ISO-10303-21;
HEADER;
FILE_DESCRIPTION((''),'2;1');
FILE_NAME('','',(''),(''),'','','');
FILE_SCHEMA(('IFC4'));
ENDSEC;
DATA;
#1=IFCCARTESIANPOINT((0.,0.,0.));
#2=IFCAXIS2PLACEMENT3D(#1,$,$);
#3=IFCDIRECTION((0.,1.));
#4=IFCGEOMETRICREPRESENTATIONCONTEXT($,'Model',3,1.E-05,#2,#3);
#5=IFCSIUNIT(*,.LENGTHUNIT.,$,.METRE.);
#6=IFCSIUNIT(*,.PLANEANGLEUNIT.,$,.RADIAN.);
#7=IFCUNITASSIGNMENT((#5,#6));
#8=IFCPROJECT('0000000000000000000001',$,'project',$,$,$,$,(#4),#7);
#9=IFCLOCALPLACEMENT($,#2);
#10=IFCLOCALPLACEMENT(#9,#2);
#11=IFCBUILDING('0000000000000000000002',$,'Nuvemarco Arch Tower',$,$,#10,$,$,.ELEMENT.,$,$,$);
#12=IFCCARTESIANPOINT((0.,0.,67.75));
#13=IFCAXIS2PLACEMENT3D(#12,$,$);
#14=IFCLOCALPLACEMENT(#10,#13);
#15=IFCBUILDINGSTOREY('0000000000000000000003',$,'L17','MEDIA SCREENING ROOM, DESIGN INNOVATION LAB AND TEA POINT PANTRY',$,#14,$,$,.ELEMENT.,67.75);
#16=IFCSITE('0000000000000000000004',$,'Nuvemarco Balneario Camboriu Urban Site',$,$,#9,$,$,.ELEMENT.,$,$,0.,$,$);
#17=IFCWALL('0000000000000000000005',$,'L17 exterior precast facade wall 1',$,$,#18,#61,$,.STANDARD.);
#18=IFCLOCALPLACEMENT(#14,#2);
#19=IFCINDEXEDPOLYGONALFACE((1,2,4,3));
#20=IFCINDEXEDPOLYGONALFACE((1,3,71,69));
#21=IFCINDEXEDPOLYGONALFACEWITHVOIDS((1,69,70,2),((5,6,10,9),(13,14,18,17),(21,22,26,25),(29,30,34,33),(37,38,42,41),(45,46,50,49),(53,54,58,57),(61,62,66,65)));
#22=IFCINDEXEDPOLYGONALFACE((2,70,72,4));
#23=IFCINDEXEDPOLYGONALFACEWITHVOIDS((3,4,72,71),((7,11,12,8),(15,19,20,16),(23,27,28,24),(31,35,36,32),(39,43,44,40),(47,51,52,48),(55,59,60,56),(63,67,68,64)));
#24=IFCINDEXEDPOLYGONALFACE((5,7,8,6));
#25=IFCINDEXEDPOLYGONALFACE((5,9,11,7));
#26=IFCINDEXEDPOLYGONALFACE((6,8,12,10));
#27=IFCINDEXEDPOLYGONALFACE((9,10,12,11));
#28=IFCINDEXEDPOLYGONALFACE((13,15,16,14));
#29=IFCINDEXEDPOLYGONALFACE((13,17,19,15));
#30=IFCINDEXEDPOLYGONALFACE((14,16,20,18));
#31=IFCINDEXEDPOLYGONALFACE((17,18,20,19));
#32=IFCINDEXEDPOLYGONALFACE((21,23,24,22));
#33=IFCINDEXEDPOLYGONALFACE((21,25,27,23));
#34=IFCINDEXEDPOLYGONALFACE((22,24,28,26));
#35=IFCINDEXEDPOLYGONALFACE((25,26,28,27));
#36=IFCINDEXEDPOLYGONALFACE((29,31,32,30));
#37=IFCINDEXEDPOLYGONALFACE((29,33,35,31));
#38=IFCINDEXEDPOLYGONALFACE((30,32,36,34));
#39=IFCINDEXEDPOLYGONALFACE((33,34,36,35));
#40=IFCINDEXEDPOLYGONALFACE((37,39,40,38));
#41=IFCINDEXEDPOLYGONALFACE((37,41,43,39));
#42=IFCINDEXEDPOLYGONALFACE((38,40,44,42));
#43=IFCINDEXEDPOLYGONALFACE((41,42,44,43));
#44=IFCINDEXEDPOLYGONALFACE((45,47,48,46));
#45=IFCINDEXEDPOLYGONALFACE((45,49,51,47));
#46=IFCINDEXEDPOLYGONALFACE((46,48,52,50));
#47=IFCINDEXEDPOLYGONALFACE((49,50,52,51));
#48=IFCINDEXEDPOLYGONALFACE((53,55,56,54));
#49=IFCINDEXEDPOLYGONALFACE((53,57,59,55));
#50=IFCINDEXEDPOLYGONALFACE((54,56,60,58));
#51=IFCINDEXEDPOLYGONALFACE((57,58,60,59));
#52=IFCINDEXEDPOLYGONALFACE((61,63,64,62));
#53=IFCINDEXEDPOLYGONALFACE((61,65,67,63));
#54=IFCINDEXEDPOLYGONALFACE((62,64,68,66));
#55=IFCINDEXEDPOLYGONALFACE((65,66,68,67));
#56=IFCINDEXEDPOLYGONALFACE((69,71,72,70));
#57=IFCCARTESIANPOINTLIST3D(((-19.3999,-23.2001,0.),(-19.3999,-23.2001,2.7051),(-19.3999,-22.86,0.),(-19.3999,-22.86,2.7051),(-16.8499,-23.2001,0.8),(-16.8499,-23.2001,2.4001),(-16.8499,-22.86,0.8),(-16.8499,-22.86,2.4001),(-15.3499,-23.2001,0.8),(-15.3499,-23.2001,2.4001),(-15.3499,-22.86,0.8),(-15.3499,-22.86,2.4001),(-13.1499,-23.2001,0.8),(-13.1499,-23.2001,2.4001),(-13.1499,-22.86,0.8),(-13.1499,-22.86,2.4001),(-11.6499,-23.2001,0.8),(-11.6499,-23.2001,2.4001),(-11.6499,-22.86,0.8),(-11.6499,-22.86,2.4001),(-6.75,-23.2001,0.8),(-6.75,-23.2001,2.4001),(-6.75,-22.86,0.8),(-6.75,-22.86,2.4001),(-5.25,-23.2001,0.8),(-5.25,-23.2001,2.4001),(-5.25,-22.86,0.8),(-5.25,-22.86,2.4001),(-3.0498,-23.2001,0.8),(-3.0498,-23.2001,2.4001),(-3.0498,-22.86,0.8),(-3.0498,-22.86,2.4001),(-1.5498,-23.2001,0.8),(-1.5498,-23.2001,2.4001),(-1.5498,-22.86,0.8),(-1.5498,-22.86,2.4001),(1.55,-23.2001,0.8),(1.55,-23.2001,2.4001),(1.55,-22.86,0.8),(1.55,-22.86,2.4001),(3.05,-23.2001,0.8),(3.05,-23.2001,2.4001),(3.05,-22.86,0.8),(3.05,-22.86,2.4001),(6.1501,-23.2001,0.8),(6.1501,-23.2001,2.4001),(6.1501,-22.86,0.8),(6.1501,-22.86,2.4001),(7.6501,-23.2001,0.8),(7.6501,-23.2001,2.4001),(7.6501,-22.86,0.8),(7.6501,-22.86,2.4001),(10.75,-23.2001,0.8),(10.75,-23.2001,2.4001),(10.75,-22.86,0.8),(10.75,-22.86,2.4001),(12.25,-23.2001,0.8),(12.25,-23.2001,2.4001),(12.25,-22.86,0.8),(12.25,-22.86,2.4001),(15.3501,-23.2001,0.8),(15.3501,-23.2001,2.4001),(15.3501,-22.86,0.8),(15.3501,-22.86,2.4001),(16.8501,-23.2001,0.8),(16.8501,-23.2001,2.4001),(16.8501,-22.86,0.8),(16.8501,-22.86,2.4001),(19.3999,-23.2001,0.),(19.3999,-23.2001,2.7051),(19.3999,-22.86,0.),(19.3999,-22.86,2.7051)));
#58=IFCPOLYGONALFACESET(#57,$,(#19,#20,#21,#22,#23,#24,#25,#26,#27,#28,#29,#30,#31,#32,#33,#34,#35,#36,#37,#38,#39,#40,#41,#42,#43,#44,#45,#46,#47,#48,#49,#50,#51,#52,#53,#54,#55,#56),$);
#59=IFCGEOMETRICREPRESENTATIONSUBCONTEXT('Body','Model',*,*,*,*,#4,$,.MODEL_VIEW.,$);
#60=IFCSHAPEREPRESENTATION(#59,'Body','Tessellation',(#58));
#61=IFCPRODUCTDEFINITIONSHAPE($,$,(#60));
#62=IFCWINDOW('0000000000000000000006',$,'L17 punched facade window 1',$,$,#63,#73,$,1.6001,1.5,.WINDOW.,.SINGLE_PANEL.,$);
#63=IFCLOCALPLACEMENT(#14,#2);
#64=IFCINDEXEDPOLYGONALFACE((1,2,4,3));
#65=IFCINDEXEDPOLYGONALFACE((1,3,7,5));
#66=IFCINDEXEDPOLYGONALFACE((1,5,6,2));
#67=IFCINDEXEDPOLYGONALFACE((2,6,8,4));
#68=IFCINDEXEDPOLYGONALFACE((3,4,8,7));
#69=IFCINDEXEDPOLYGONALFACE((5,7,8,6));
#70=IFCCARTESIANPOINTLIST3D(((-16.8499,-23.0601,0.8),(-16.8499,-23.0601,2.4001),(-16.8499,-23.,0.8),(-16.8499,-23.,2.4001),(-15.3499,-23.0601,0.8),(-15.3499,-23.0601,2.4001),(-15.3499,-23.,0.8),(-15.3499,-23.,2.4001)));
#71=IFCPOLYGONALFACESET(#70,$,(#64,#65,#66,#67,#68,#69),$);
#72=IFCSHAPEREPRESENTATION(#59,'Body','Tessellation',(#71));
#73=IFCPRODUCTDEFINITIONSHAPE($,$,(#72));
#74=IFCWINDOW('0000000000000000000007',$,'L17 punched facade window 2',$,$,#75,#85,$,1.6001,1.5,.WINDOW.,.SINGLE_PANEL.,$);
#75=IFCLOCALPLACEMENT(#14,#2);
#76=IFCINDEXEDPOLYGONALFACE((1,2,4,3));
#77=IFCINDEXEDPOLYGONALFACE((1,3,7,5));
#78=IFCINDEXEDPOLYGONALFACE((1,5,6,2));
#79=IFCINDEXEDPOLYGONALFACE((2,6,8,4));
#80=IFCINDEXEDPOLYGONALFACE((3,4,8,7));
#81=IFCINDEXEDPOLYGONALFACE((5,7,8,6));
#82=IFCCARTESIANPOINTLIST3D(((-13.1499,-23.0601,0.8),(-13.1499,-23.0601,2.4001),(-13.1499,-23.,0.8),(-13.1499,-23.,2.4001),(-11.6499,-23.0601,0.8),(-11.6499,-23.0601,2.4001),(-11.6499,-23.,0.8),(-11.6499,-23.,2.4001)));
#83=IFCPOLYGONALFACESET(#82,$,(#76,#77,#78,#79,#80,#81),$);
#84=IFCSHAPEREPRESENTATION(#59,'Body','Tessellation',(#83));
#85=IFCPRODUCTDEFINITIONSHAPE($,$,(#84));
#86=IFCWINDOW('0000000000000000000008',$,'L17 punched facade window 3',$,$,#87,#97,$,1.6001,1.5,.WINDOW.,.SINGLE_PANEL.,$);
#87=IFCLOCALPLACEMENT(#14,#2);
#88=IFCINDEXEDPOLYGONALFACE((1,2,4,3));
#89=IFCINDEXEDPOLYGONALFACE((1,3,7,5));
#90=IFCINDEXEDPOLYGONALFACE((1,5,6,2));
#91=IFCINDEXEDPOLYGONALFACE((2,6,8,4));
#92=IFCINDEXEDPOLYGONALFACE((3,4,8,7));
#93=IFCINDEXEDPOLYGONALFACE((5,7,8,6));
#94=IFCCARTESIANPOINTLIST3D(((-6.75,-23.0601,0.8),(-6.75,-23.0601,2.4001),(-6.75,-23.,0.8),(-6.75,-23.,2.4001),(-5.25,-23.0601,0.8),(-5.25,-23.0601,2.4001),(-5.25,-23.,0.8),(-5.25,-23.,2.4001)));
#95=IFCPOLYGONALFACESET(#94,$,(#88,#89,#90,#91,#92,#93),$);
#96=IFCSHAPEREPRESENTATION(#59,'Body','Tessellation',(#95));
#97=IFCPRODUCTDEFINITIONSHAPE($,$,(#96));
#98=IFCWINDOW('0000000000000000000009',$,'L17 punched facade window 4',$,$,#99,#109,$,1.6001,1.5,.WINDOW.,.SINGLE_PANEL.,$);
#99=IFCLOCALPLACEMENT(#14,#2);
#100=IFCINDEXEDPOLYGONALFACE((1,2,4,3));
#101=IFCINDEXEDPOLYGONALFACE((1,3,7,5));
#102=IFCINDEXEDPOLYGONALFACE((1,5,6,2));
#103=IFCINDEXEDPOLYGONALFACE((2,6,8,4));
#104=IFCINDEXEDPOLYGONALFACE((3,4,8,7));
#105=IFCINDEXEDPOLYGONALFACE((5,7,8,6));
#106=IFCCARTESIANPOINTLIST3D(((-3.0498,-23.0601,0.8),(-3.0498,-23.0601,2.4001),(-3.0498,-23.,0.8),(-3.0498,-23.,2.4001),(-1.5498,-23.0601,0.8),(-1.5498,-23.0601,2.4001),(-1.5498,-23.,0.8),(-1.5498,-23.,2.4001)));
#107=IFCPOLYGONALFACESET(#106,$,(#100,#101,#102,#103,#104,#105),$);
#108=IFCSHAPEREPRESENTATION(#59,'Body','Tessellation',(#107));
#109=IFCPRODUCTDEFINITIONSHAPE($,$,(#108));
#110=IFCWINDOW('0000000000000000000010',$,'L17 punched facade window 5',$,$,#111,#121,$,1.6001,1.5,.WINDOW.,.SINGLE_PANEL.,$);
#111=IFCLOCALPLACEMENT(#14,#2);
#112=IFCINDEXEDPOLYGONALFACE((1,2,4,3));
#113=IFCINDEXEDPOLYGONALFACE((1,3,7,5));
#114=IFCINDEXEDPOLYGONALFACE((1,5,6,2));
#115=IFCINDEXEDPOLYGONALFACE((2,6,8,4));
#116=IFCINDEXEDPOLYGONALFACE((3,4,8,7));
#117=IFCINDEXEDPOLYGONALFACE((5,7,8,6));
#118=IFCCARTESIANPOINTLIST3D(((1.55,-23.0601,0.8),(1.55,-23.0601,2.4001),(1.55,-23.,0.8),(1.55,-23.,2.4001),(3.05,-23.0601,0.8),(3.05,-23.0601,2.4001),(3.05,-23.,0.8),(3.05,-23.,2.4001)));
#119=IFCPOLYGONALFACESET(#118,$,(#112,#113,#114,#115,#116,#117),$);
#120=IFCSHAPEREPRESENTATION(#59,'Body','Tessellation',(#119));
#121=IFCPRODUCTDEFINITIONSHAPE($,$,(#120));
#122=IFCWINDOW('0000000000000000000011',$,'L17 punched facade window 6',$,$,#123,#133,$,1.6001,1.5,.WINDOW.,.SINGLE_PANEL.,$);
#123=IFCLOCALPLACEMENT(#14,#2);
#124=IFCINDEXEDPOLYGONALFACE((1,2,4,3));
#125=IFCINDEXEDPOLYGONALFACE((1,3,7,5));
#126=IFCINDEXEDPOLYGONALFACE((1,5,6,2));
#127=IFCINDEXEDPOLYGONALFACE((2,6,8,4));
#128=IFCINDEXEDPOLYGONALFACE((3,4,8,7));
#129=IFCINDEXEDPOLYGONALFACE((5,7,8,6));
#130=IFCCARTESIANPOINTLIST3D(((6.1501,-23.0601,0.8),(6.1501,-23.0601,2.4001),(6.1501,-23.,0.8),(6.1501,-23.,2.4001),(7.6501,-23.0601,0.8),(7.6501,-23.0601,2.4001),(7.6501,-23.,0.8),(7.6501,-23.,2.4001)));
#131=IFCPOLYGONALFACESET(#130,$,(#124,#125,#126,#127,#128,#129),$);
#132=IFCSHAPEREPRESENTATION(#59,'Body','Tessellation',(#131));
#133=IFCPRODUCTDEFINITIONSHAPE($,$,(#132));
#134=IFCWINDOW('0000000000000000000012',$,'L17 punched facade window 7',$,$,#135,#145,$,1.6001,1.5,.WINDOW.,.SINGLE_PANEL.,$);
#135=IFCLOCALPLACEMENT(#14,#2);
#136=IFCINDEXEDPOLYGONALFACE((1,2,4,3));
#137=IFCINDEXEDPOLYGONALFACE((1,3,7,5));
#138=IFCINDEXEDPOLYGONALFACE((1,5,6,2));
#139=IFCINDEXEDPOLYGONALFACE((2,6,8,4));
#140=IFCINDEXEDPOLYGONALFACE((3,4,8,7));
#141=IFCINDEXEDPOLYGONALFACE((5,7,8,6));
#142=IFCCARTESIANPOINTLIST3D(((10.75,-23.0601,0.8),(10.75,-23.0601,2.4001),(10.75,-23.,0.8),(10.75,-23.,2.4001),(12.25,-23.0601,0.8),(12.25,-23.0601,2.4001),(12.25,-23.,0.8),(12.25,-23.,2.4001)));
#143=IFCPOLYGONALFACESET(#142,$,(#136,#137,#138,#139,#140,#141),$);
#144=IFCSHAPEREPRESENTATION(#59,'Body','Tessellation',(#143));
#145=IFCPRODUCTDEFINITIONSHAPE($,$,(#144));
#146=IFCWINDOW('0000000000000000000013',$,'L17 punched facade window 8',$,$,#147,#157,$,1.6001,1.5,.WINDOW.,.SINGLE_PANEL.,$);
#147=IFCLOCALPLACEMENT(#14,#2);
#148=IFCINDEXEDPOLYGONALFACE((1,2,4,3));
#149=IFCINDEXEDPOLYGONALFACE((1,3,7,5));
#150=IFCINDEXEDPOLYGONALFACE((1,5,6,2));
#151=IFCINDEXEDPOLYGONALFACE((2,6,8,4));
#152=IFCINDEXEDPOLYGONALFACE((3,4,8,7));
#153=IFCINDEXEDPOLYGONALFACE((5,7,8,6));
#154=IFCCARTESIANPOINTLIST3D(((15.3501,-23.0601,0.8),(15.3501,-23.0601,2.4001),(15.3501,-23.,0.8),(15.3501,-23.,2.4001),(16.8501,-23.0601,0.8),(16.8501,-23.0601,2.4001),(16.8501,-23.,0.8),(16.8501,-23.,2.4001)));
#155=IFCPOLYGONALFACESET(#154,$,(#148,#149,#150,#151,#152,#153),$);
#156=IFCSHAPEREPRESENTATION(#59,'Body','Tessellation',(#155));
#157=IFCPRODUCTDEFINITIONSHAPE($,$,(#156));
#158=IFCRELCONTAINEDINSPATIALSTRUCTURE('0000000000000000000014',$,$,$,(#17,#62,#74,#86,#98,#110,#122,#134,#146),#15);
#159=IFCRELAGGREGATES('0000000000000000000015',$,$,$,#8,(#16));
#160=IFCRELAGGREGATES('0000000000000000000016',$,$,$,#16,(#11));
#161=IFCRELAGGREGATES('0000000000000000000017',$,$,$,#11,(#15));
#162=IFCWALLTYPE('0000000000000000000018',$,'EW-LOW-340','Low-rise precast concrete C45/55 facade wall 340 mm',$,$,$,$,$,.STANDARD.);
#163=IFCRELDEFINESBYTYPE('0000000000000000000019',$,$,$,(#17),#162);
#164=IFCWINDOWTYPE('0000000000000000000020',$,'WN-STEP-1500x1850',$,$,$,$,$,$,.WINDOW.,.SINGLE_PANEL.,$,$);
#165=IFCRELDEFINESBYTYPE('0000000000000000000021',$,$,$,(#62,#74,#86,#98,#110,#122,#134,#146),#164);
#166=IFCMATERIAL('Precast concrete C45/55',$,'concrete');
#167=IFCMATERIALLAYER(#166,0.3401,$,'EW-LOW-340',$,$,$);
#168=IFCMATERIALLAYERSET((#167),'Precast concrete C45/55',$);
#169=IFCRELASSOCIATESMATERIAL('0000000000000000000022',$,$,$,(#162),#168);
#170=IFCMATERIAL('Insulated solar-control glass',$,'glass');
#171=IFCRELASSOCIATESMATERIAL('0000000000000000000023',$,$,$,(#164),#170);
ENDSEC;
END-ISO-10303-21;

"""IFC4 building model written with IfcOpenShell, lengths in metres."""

from ifc_helpers import new_model, si_unit, direction, frame, frame_2d, origin, place, context, subcontext, project, spatial, rectangle, extrude, source, transform, mapped, material, layer, layer_set, type_object, type_shapes, element, fill, save


model = new_model("IFC4")

# Units and contexts
model_context = context("Model", 3, precision=1e-05, world=origin(), true_north=direction((0.0, 1.0)))
body_context = subcontext(model_context, "Body", "Model", "MODEL_VIEW")
ifc_project = project(units=[si_unit("LENGTHUNIT", "METRE"), si_unit("PLANEANGLEUNIT", "RADIAN")], contexts=[model_context])

# Site, building, storey
site_placement = place(None, origin())
site = spatial("IfcSite", under=ifc_project, at=site_placement, Name="Nuvemarco Balneario Camboriu Urban Site", CompositionType="ELEMENT", RefElevation=0.0)
building_placement = place(site_placement, origin())
building = spatial("IfcBuilding", under=site, at=building_placement, Name="Nuvemarco Arch Tower", CompositionType="ELEMENT")
storey_placement = place(building_placement, frame((0.0, 0.0, 67.75)))
storey = spatial("IfcBuildingStorey", under=building, at=storey_placement, Name="L17", Description="MEDIA SCREENING ROOM, DESIGN INNOVATION LAB AND TEA POINT PANTRY", CompositionType="ELEMENT", Elevation=67.75)

# Shared definitions
ifc_material_1 = material(Name="Precast concrete C45/55", Category="concrete")

# Wall, openings, windows
ifc_layer = layer(ifc_material_1, 0.3401, Name="EW-LOW-340")
ifc_layer_set = layer_set([ifc_layer], Name="Precast concrete C45/55")
wall_type = type_object("IfcWallType", Name="EW-LOW-340", Description="Low-rise precast concrete C45/55 facade wall 340 mm", PredefinedType="STANDARD", material=ifc_layer_set)
wall_1_placement = place(storey_placement, frame((-19.3999, -23.03, 0.0), z_axis=(0.0, 0.0, 1.0), x_axis=(1.0, 0.0, 0.0)))
wall_1 = element("IfcWall", 1, at=wall_1_placement, inside=storey, type_object=wall_type, Name="L17 exterior precast facade wall 1", PredefinedType="STANDARD", context=body_context, shape_type="SweptSolid", body=[
    extrude(rectangle(XDim=38.7998, YDim=0.3401, at=frame_2d((19.3999, 0.0))), origin(), (0.0, 0.0, 1.0), 2.7051),
])
opening_1_placement = place(wall_1_placement, frame((2.55, 0.0, 0.8)))
opening_1 = element("IfcOpeningElement", 2, at=opening_1_placement, cuts=wall_1, PredefinedType="OPENING", context=body_context, shape_type="SweptSolid", body=[
    extrude(rectangle(XDim=1.5, YDim=1.6001, at=frame_2d((0.75, 0.8))), frame((0.0, 0.1799, 0.0), z_axis=(0.0, -1.0, 0.0), x_axis=(1.0, 0.0, 0.0)), (0.0, 0.0, 1.0), 0.3601),
])
opening_2_placement = place(wall_1_placement, frame((6.25, 0.0, 0.8)))
opening_2 = element("IfcOpeningElement", 3, at=opening_2_placement, cuts=wall_1, PredefinedType="OPENING", context=body_context, shape_type="SweptSolid", body=[
    extrude(rectangle(XDim=1.5, YDim=1.6001, at=frame_2d((0.75, 0.8))), frame((0.0, 0.1799, 0.0), z_axis=(0.0, -1.0, 0.0), x_axis=(1.0, 0.0, 0.0)), (0.0, 0.0, 1.0), 0.3601),
])
opening_3_placement = place(wall_1_placement, frame((12.6499, 0.0, 0.8)))
opening_3 = element("IfcOpeningElement", 4, at=opening_3_placement, cuts=wall_1, PredefinedType="OPENING", context=body_context, shape_type="SweptSolid", body=[
    extrude(rectangle(XDim=1.5, YDim=1.6001, at=frame_2d((0.75, 0.8))), frame((0.0, 0.1799, 0.0), z_axis=(0.0, -1.0, 0.0), x_axis=(1.0, 0.0, 0.0)), (0.0, 0.0, 1.0), 0.3601),
])
opening_4_placement = place(wall_1_placement, frame((16.3501, 0.0, 0.8)))
opening_4 = element("IfcOpeningElement", 5, at=opening_4_placement, cuts=wall_1, PredefinedType="OPENING", context=body_context, shape_type="SweptSolid", body=[
    extrude(rectangle(XDim=1.5, YDim=1.6001, at=frame_2d((0.75, 0.8))), frame((0.0, 0.1799, 0.0), z_axis=(0.0, -1.0, 0.0), x_axis=(1.0, 0.0, 0.0)), (0.0, 0.0, 1.0), 0.3601),
])
opening_5_placement = place(wall_1_placement, frame((20.95, 0.0, 0.8)))
opening_5 = element("IfcOpeningElement", 6, at=opening_5_placement, cuts=wall_1, PredefinedType="OPENING", context=body_context, shape_type="SweptSolid", body=[
    extrude(rectangle(XDim=1.5, YDim=1.6001, at=frame_2d((0.75, 0.8))), frame((0.0, 0.1799, 0.0), z_axis=(0.0, -1.0, 0.0), x_axis=(1.0, 0.0, 0.0)), (0.0, 0.0, 1.0), 0.3601),
])
opening_6_placement = place(wall_1_placement, frame((25.55, 0.0, 0.8)))
opening_6 = element("IfcOpeningElement", 7, at=opening_6_placement, cuts=wall_1, PredefinedType="OPENING", context=body_context, shape_type="SweptSolid", body=[
    extrude(rectangle(XDim=1.5, YDim=1.6001, at=frame_2d((0.75, 0.8))), frame((0.0, 0.1799, 0.0), z_axis=(0.0, -1.0, 0.0), x_axis=(1.0, 0.0, 0.0)), (0.0, 0.0, 1.0), 0.3601),
])
opening_7_placement = place(wall_1_placement, frame((30.1499, 0.0, 0.8)))
opening_7 = element("IfcOpeningElement", 8, at=opening_7_placement, cuts=wall_1, PredefinedType="OPENING", context=body_context, shape_type="SweptSolid", body=[
    extrude(rectangle(XDim=1.5, YDim=1.6001, at=frame_2d((0.75, 0.8))), frame((0.0, 0.1799, 0.0), z_axis=(0.0, -1.0, 0.0), x_axis=(1.0, 0.0, 0.0)), (0.0, 0.0, 1.0), 0.3601),
])
opening_8_placement = place(wall_1_placement, frame((34.75, 0.0, 0.8)))
opening_8 = element("IfcOpeningElement", 9, at=opening_8_placement, cuts=wall_1, PredefinedType="OPENING", context=body_context, shape_type="SweptSolid", body=[
    extrude(rectangle(XDim=1.5, YDim=1.6001, at=frame_2d((0.75, 0.8))), frame((0.0, 0.1799, 0.0), z_axis=(0.0, -1.0, 0.0), x_axis=(1.0, 0.0, 0.0)), (0.0, 0.0, 1.0), 0.3601),
])
ifc_material_2 = material(Name="Insulated solar-control glass", Category="glass")
window_type_1 = type_object("IfcWindowType", Name="WN-STEP-1500x1850", PartitioningType="SINGLE_PANEL", PredefinedType="WINDOW", material=ifc_material_2)
shared_shape_1 = source(origin(), body_context, "Body", "SweptSolid", [
    extrude(rectangle(XDim=1.5, YDim=1.6001, at=frame_2d((0.75, 0.8))), frame((0.0, 0.03, 0.0), z_axis=(0.0, -1.0, 0.0), x_axis=(1.0, 0.0, 0.0)), (0.0, 0.0, 1.0), 0.0601),
])
type_shapes(window_type_1, [shared_shape_1])
window_1_placement = place(opening_1_placement, origin())
window_1 = element("IfcWindow", 10, at=window_1_placement, inside=storey, type_object=window_type_1, Name="L17 punched facade window 1", OverallHeight=1.6001, OverallWidth=1.5, PartitioningType="SINGLE_PANEL", PredefinedType="WINDOW", context=body_context, shape_type="MappedRepresentation", body=[
    mapped(shared_shape_1, transform((0.0, 0.0, 0.0), scale=1.0)),
])
fill(opening_1, window_1)
window_2_placement = place(opening_2_placement, origin())
window_2 = element("IfcWindow", 11, at=window_2_placement, inside=storey, type_object=window_type_1, Name="L17 punched facade window 2", OverallHeight=1.6001, OverallWidth=1.5, PartitioningType="SINGLE_PANEL", PredefinedType="WINDOW", context=body_context, shape_type="MappedRepresentation", body=[
    mapped(shared_shape_1, transform((0.0, 0.0, 0.0), scale=1.0)),
])
fill(opening_2, window_2)
window_3_placement = place(opening_3_placement, origin())
window_3 = element("IfcWindow", 12, at=window_3_placement, inside=storey, type_object=window_type_1, Name="L17 punched facade window 3", OverallHeight=1.6001, OverallWidth=1.5, PartitioningType="SINGLE_PANEL", PredefinedType="WINDOW", context=body_context, shape_type="MappedRepresentation", body=[
    mapped(shared_shape_1, transform((0.0, 0.0, 0.0), scale=1.0)),
])
fill(opening_3, window_3)
window_4_placement = place(opening_4_placement, origin())
window_4 = element("IfcWindow", 13, at=window_4_placement, inside=storey, type_object=window_type_1, Name="L17 punched facade window 4", OverallHeight=1.6001, OverallWidth=1.5, PartitioningType="SINGLE_PANEL", PredefinedType="WINDOW", context=body_context, shape_type="MappedRepresentation", body=[
    mapped(shared_shape_1, transform((0.0, 0.0, 0.0), scale=1.0)),
])
fill(opening_4, window_4)
window_5_placement = place(opening_5_placement, origin())
window_5 = element("IfcWindow", 14, at=window_5_placement, inside=storey, type_object=window_type_1, Name="L17 punched facade window 5", OverallHeight=1.6001, OverallWidth=1.5, PartitioningType="SINGLE_PANEL", PredefinedType="WINDOW", context=body_context, shape_type="MappedRepresentation", body=[
    mapped(shared_shape_1, transform((0.0, 0.0, 0.0), scale=1.0)),
])
fill(opening_5, window_5)
window_6_placement = place(opening_6_placement, origin())
window_6 = element("IfcWindow", 15, at=window_6_placement, inside=storey, type_object=window_type_1, Name="L17 punched facade window 6", OverallHeight=1.6001, OverallWidth=1.5, PartitioningType="SINGLE_PANEL", PredefinedType="WINDOW", context=body_context, shape_type="MappedRepresentation", body=[
    mapped(shared_shape_1, transform((0.0, 0.0, 0.0), scale=1.0)),
])
fill(opening_6, window_6)
window_7_placement = place(opening_7_placement, origin())
window_7 = element("IfcWindow", 16, at=window_7_placement, inside=storey, type_object=window_type_1, Name="L17 punched facade window 7", OverallHeight=1.6001, OverallWidth=1.5, PartitioningType="SINGLE_PANEL", PredefinedType="WINDOW", context=body_context, shape_type="MappedRepresentation", body=[
    mapped(shared_shape_1, transform((0.0, 0.0, 0.0), scale=1.0)),
])
fill(opening_7, window_7)
window_8_placement = place(opening_8_placement, origin())
window_8 = element("IfcWindow", 17, at=window_8_placement, inside=storey, type_object=window_type_1, Name="L17 punched facade window 8", OverallHeight=1.6001, OverallWidth=1.5, PartitioningType="SINGLE_PANEL", PredefinedType="WINDOW", context=body_context, shape_type="MappedRepresentation", body=[
    mapped(shared_shape_1, transform((0.0, 0.0, 0.0), scale=1.0)),
])
fill(opening_8, window_8)

save(model, "model.ifc")
